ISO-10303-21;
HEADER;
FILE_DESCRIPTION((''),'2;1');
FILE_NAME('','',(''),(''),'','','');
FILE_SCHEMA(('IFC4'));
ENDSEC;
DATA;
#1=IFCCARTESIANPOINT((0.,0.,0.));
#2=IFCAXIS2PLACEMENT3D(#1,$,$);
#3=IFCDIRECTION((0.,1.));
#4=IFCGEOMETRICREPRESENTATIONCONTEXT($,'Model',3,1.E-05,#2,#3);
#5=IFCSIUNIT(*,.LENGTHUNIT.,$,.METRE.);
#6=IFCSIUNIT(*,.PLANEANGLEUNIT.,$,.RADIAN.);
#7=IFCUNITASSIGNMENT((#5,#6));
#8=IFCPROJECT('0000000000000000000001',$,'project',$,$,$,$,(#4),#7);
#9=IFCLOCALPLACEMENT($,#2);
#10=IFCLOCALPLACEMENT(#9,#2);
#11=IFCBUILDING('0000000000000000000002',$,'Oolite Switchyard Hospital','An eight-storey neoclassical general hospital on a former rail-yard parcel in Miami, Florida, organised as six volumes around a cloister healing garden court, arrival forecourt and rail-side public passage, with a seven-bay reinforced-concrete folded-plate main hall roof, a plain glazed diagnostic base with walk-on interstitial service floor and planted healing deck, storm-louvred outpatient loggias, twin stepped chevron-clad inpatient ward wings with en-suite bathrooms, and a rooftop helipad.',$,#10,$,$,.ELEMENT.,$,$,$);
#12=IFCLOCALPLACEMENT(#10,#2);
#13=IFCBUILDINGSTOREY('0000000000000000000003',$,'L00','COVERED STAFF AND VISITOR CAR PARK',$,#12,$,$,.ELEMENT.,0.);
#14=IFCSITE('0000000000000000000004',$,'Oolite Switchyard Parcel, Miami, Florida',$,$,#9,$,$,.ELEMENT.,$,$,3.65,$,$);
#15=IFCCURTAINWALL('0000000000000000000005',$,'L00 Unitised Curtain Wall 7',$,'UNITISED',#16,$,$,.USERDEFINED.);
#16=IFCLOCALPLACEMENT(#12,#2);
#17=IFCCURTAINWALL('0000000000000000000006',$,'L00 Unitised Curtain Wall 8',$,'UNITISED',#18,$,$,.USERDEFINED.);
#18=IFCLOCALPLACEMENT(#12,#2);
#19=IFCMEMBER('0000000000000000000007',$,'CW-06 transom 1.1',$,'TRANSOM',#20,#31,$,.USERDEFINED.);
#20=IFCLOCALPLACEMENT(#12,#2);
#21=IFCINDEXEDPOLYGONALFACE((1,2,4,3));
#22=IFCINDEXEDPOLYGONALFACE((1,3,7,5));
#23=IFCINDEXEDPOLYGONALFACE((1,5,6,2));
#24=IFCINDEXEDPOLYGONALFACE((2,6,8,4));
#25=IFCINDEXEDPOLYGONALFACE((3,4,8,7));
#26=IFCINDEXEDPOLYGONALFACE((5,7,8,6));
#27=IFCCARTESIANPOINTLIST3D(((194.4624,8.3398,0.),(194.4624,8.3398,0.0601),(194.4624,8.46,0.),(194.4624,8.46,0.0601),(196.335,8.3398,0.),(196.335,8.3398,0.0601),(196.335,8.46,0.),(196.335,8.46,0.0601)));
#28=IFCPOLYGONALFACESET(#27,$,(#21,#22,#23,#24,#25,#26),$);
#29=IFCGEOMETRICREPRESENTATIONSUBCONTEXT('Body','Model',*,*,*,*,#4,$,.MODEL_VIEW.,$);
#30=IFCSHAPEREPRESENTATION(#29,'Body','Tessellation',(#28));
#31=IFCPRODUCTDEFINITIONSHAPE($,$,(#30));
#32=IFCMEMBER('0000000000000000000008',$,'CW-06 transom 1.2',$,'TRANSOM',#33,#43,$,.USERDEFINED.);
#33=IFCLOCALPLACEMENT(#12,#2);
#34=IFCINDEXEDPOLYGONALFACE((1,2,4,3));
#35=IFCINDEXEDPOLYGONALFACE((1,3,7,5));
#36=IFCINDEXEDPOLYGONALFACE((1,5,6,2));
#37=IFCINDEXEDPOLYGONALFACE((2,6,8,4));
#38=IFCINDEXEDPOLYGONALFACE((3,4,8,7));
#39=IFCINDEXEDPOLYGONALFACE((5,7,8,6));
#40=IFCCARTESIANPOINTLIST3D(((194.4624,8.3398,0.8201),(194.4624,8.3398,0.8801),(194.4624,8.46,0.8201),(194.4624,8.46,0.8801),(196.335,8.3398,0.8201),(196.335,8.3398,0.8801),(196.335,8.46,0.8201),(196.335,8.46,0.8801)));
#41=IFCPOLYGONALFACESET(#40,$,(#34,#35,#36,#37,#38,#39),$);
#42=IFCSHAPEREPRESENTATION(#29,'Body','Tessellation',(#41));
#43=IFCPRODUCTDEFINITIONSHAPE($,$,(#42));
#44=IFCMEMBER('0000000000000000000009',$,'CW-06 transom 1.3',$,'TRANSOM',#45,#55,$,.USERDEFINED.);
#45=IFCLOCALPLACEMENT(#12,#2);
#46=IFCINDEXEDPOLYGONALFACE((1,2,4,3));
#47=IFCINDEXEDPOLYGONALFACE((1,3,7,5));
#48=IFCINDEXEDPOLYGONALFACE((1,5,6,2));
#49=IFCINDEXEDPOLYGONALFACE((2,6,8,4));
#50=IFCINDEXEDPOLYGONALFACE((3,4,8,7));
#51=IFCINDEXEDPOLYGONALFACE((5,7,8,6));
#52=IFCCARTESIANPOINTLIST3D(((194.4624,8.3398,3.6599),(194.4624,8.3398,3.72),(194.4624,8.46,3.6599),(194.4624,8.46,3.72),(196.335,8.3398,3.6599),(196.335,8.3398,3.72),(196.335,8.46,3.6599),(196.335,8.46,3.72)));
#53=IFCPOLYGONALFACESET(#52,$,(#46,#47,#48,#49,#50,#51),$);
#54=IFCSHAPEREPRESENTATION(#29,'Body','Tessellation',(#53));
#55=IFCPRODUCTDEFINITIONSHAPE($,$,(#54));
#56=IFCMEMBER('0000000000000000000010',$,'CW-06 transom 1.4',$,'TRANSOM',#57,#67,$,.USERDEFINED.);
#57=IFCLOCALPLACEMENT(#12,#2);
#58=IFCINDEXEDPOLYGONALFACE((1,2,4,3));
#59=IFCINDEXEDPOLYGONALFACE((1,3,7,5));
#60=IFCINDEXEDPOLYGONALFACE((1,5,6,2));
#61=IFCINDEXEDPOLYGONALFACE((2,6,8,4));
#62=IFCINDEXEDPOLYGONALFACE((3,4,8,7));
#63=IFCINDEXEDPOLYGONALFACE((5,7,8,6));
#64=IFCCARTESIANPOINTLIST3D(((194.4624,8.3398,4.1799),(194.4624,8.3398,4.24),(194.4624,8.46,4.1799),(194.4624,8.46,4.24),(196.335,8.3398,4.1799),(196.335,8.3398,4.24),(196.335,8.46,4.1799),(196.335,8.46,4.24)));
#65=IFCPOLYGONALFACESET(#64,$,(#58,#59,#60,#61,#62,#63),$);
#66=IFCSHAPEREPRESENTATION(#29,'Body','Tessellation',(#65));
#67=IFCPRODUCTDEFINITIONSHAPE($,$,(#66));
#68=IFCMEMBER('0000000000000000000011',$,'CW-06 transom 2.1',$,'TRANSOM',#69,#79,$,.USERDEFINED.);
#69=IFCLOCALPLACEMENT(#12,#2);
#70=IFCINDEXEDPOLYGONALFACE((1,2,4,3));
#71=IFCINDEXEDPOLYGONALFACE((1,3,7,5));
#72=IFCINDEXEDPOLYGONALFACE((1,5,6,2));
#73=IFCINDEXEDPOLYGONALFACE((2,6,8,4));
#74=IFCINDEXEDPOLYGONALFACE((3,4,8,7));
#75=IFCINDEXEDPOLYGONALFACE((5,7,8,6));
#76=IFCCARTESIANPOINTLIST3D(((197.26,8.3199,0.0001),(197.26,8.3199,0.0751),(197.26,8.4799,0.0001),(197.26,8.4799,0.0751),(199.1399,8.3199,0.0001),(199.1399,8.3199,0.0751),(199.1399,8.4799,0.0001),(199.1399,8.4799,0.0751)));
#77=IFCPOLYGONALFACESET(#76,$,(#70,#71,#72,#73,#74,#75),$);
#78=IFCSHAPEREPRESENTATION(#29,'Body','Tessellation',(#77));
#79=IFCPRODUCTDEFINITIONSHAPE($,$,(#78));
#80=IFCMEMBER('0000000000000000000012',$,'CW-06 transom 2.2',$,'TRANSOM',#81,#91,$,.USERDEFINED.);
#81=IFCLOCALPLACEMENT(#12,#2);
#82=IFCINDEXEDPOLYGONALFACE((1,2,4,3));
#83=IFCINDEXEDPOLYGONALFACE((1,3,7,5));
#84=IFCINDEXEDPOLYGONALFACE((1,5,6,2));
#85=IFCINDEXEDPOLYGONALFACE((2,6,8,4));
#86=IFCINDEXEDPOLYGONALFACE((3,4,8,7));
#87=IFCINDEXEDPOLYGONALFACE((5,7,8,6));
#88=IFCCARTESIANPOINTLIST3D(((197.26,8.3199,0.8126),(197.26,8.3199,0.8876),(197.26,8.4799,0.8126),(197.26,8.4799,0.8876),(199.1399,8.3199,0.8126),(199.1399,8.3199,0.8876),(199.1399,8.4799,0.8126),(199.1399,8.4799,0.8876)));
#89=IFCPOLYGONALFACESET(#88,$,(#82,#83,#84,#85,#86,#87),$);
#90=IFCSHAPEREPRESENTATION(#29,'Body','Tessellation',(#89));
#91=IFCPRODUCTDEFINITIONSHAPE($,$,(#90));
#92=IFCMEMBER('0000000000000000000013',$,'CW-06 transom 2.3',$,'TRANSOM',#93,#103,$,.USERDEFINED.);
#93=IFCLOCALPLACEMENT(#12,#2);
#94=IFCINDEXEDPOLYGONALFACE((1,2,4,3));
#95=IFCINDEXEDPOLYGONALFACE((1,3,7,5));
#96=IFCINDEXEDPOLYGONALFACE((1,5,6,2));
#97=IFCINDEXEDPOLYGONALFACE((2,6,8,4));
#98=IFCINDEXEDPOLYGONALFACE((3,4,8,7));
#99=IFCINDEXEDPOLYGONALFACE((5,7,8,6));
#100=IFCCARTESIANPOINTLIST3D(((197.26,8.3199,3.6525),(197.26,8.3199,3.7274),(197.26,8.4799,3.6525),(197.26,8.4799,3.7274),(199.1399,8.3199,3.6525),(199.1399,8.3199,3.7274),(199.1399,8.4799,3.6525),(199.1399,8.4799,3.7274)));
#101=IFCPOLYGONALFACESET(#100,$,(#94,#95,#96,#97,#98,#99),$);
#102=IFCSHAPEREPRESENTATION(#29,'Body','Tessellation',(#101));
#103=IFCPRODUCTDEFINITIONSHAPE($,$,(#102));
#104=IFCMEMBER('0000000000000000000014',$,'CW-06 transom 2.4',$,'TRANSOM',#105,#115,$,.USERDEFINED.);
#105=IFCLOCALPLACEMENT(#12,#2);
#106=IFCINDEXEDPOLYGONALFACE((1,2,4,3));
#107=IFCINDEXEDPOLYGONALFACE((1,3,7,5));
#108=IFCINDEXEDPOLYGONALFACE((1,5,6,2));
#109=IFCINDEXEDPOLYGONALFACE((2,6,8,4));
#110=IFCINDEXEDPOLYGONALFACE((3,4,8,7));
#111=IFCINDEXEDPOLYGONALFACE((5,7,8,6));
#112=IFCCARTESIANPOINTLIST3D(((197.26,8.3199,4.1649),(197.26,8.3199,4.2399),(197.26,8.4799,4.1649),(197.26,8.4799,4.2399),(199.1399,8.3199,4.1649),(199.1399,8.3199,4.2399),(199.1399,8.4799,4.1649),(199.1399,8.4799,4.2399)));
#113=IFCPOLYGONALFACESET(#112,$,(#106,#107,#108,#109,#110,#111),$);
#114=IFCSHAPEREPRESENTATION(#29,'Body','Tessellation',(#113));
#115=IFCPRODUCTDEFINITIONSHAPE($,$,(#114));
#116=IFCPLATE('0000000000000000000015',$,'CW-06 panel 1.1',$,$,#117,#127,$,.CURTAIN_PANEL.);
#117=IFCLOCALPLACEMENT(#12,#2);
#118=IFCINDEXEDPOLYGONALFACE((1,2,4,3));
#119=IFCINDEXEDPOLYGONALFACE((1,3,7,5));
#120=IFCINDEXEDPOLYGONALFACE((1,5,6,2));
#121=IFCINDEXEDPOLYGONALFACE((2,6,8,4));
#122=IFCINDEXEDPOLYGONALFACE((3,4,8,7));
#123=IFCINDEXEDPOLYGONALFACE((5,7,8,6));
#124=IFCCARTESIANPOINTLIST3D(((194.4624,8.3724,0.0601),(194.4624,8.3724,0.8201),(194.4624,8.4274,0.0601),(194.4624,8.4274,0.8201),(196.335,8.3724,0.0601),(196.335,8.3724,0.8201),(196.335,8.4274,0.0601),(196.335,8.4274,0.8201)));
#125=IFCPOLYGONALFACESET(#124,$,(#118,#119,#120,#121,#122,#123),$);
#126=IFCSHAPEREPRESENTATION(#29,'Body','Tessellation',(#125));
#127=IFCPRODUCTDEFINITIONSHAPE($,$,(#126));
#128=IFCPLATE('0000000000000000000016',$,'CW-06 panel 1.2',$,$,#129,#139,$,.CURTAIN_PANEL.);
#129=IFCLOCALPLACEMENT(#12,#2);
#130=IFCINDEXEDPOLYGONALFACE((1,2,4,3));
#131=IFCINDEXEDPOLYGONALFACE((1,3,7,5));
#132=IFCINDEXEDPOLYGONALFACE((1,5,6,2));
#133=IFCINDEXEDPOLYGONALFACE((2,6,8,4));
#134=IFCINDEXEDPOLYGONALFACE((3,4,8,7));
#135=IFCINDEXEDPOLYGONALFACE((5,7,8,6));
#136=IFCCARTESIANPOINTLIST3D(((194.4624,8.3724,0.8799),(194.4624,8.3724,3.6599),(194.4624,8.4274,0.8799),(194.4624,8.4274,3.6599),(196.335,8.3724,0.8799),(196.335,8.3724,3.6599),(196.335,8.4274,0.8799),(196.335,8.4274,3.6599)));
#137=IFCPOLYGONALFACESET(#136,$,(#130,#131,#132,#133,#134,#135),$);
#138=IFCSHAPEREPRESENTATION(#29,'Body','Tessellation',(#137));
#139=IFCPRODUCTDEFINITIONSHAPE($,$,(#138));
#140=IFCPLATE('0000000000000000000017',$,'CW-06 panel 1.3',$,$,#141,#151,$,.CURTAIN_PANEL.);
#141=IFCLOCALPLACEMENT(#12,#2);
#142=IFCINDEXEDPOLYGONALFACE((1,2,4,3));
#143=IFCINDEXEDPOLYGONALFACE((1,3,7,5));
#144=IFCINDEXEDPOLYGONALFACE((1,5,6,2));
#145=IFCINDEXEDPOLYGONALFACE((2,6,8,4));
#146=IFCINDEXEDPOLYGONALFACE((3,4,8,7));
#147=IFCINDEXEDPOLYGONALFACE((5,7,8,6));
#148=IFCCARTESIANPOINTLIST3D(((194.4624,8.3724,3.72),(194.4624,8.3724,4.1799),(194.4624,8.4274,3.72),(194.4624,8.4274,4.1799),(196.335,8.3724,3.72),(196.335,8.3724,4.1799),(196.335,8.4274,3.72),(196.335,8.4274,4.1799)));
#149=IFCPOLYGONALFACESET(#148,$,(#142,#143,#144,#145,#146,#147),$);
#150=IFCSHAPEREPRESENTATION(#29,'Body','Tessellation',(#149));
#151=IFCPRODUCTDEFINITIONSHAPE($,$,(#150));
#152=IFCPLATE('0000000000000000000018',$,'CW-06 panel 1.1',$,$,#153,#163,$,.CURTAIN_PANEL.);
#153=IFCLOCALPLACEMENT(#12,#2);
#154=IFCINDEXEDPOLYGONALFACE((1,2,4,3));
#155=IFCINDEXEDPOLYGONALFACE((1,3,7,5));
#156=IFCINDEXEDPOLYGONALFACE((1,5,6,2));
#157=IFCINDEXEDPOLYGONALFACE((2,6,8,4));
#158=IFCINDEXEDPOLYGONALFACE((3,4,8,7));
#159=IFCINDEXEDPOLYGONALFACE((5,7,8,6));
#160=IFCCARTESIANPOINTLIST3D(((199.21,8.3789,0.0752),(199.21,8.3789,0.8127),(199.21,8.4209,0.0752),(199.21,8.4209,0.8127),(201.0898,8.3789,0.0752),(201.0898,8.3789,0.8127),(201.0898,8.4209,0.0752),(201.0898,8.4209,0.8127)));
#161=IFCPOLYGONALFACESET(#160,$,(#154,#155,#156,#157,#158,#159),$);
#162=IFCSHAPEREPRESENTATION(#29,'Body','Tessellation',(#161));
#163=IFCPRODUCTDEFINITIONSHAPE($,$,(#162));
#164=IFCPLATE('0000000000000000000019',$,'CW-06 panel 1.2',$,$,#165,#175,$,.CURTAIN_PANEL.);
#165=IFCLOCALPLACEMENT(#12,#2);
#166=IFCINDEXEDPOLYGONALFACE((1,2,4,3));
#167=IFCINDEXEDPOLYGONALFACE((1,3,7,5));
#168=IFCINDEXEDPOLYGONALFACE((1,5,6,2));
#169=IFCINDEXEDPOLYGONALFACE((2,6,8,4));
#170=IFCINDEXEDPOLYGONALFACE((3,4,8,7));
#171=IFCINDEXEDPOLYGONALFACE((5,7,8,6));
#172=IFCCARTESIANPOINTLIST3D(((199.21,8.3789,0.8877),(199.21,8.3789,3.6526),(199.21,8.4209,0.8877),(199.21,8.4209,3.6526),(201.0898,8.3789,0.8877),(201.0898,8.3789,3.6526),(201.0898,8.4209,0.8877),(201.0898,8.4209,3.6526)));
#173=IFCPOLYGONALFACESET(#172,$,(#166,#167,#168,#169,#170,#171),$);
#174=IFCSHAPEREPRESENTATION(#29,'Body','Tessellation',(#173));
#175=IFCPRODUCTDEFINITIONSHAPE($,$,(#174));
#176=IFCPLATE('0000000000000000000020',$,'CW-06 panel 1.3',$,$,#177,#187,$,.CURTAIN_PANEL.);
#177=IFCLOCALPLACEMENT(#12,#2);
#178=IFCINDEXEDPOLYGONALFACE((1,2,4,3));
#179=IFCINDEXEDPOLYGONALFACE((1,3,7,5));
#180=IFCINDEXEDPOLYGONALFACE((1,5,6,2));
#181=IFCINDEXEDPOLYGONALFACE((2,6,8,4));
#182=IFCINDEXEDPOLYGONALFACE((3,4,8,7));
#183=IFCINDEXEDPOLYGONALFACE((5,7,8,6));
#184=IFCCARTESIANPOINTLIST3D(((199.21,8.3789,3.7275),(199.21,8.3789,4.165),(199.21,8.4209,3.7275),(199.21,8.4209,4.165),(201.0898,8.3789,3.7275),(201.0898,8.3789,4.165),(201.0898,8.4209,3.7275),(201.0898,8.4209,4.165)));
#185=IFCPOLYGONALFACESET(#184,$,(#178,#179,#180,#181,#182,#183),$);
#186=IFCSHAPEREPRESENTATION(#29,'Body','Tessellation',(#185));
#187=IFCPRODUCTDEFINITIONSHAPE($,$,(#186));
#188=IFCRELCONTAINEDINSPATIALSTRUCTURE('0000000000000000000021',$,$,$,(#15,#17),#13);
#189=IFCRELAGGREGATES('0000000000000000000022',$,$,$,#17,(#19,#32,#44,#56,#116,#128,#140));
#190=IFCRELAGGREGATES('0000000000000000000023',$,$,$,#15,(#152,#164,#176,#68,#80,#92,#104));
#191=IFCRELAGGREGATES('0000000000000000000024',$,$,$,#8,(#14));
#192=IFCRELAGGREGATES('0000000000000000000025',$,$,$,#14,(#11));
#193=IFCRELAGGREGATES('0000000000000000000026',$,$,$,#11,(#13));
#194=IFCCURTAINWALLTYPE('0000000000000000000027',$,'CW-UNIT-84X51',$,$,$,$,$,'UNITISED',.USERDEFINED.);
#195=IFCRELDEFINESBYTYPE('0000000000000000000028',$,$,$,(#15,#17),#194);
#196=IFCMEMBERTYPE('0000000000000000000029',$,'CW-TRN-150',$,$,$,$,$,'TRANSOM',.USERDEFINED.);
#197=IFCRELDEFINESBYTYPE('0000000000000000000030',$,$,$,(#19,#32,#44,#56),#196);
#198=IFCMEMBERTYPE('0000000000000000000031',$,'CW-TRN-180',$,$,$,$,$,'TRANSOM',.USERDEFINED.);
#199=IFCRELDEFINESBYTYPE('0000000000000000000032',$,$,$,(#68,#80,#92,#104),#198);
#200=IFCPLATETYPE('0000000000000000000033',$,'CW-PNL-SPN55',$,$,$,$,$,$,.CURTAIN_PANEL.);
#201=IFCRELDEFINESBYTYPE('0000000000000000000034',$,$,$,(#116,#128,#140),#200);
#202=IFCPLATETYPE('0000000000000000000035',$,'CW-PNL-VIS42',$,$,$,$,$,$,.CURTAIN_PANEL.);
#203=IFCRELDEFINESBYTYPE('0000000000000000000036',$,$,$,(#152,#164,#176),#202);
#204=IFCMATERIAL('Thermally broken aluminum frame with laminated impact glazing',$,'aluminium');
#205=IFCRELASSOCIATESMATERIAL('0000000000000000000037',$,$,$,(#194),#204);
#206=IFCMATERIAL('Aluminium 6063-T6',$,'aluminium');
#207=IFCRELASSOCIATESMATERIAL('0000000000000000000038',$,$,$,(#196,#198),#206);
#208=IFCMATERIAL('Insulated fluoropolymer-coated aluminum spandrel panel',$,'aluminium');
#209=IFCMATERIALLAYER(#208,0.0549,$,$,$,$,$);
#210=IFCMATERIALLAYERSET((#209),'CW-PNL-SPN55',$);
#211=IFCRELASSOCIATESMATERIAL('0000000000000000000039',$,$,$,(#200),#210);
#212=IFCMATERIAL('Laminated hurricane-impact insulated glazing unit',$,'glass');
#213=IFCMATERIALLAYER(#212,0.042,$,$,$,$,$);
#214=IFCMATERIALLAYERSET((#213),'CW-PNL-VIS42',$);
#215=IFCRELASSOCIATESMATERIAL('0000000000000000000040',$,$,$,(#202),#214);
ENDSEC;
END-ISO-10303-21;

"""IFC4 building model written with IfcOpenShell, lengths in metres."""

from ifc_helpers import new_model, si_unit, direction, frame, origin, origin_2d, place, context, subcontext, project, spatial, rectangle, extrude, material, layer, layer_set, material_profile, profile_set, type_object, element, aggregate, save


model = new_model("IFC4")

# Units and contexts
model_context = context("Model", 3, precision=1e-05, world=origin(), true_north=direction((0.0, 1.0)))
body_context = subcontext(model_context, "Body", "Model", "MODEL_VIEW")
ifc_project = project(units=[si_unit("LENGTHUNIT", "METRE"), si_unit("PLANEANGLEUNIT", "RADIAN")], contexts=[model_context])

# Site, building, storey
site_placement = place(None, origin())
site = spatial("IfcSite", under=ifc_project, at=site_placement, Name="Oolite Switchyard Parcel, Miami, Florida", CompositionType="ELEMENT", RefElevation=3.65)
building_placement = place(site_placement, origin())
building = spatial("IfcBuilding", under=site, at=building_placement, Name="Oolite Switchyard Hospital", Description="An eight-storey neoclassical general hospital on a former rail-yard parcel in Miami, Florida, organised as six volumes around a cloister healing garden court, arrival forecourt and rail-side public passage, with a seven-bay reinforced-concrete folded-plate main hall roof, a plain glazed diagnostic base with walk-on interstitial service floor and planted healing deck, storm-louvred outpatient loggias, twin stepped chevron-clad inpatient ward wings with en-suite bathrooms, and a rooftop helipad.", CompositionType="ELEMENT")
storey_placement = place(building_placement, origin())
storey = spatial("IfcBuildingStorey", under=building, at=storey_placement, Name="L00", Description="COVERED STAFF AND VISITOR CAR PARK", CompositionType="ELEMENT", Elevation=0.0)

# Curtain walls, members
ifc_material_1 = material(Name="Thermally broken aluminum frame with laminated impact glazing", Category="aluminium")
curtain_wall_type = type_object("IfcCurtainWallType", Name="CW-UNIT-84X51", ElementType="UNITISED", PredefinedType="USERDEFINED", material=ifc_material_1)
curtain_wall_1_placement = place(storey_placement, origin())
curtain_wall_1 = element("IfcCurtainWall", 1, at=curtain_wall_1_placement, inside=storey, type_object=curtain_wall_type, Name="L00 Unitised Curtain Wall 7", ObjectType="UNITISED", PredefinedType="USERDEFINED")
ifc_material_2 = material(Name="Aluminium 6063-T6", Category="aluminium")
curtain_wall_2_placement = place(storey_placement, origin())
curtain_wall_2 = element("IfcCurtainWall", 2, at=curtain_wall_2_placement, inside=storey, type_object=curtain_wall_type, Name="L00 Unitised Curtain Wall 8", ObjectType="UNITISED", PredefinedType="USERDEFINED")
ifc_material_profile_1 = material_profile(ifc_material_2, rectangle(XDim=0.1201, YDim=0.0601, at=origin_2d()), Name="CWT60X120")
ifc_profile_set_1 = profile_set([ifc_material_profile_1], Name="Aluminium 6063-T6")
member_type_1 = type_object("IfcMemberType", Name="CW-TRN-150", ElementType="TRANSOM", PredefinedType="USERDEFINED", material=ifc_profile_set_1)
member_1_placement = place(storey_placement, frame((196.335, 8.3999, 0.03), z_axis=(-1.0, 0.0, 0.0), x_axis=(0.0, -1.0, 0.0)))
member_1 = element("IfcMember", 3, at=member_1_placement, type_object=member_type_1, Name="CW-06 transom 1.1", ObjectType="TRANSOM", PredefinedType="USERDEFINED", context=body_context, shape_type="SweptSolid", body=[
    extrude(rectangle(XDim=0.1201, YDim=0.0601, at=origin_2d()), origin(), (0.0, 0.0, 1.0), 1.8726),
])
member_2_placement = place(storey_placement, frame((196.335, 8.3999, 0.8501), z_axis=(-1.0, 0.0, 0.0), x_axis=(0.0, -1.0, 0.0)))
member_2 = element("IfcMember", 4, at=member_2_placement, type_object=member_type_1, Name="CW-06 transom 1.2", ObjectType="TRANSOM", PredefinedType="USERDEFINED", context=body_context, shape_type="SweptSolid", body=[
    extrude(rectangle(XDim=0.1201, YDim=0.0601, at=origin_2d()), origin(), (0.0, 0.0, 1.0), 1.8726),
])
member_3_placement = place(storey_placement, frame((196.335, 8.3999, 3.6899), z_axis=(-1.0, 0.0, 0.0), x_axis=(0.0, -1.0, 0.0)))
member_3 = element("IfcMember", 5, at=member_3_placement, type_object=member_type_1, Name="CW-06 transom 1.3", ObjectType="TRANSOM", PredefinedType="USERDEFINED", context=body_context, shape_type="SweptSolid", body=[
    extrude(rectangle(XDim=0.1201, YDim=0.0601, at=origin_2d()), origin(), (0.0, 0.0, 1.0), 1.8726),
])
member_4_placement = place(storey_placement, frame((196.335, 8.3999, 4.21), z_axis=(-1.0, 0.0, 0.0), x_axis=(0.0, -1.0, 0.0)))
member_4 = element("IfcMember", 6, at=member_4_placement, type_object=member_type_1, Name="CW-06 transom 1.4", ObjectType="TRANSOM", PredefinedType="USERDEFINED", context=body_context, shape_type="SweptSolid", body=[
    extrude(rectangle(XDim=0.1201, YDim=0.0601, at=origin_2d()), origin(), (0.0, 0.0, 1.0), 1.8726),
])

# Members
ifc_material_profile_2 = material_profile(ifc_material_2, rectangle(XDim=0.1599, YDim=0.075, at=origin_2d()), Name="CWT75X160")
ifc_profile_set_2 = profile_set([ifc_material_profile_2], Name="Aluminium 6063-T6")
member_type_2 = type_object("IfcMemberType", Name="CW-TRN-180", ElementType="TRANSOM", PredefinedType="USERDEFINED", material=ifc_profile_set_2)
member_5_placement = place(storey_placement, frame((199.1399, 8.3999, 0.0376), z_axis=(-1.0, 0.0, 0.0), x_axis=(0.0, -1.0, 0.0)))
member_5 = element("IfcMember", 7, at=member_5_placement, type_object=member_type_2, Name="CW-06 transom 2.1", ObjectType="TRANSOM", PredefinedType="USERDEFINED", context=body_context, shape_type="SweptSolid", body=[
    extrude(rectangle(XDim=0.1599, YDim=0.075, at=origin_2d()), origin(), (0.0, 0.0, 1.0), 1.8799),
])
member_6_placement = place(storey_placement, frame((199.1399, 8.3999, 0.8501), z_axis=(-1.0, 0.0, 0.0), x_axis=(0.0, -1.0, 0.0)))
member_6 = element("IfcMember", 8, at=member_6_placement, type_object=member_type_2, Name="CW-06 transom 2.2", ObjectType="TRANSOM", PredefinedType="USERDEFINED", context=body_context, shape_type="SweptSolid", body=[
    extrude(rectangle(XDim=0.1599, YDim=0.075, at=origin_2d()), origin(), (0.0, 0.0, 1.0), 1.8799),
])
member_7_placement = place(storey_placement, frame((199.1399, 8.3999, 3.6899), z_axis=(-1.0, 0.0, 0.0), x_axis=(0.0, -1.0, 0.0)))
member_7 = element("IfcMember", 9, at=member_7_placement, type_object=member_type_2, Name="CW-06 transom 2.3", ObjectType="TRANSOM", PredefinedType="USERDEFINED", context=body_context, shape_type="SweptSolid", body=[
    extrude(rectangle(XDim=0.1599, YDim=0.075, at=origin_2d()), origin(), (0.0, 0.0, 1.0), 1.8799),
])
member_8_placement = place(storey_placement, frame((199.1399, 8.3999, 4.2024), z_axis=(-1.0, 0.0, 0.0), x_axis=(0.0, -1.0, 0.0)))
member_8 = element("IfcMember", 10, at=member_8_placement, type_object=member_type_2, Name="CW-06 transom 2.4", ObjectType="TRANSOM", PredefinedType="USERDEFINED", context=body_context, shape_type="SweptSolid", body=[
    extrude(rectangle(XDim=0.1599, YDim=0.075, at=origin_2d()), origin(), (0.0, 0.0, 1.0), 1.8799),
])

# Plates
ifc_material_3 = material(Name="Insulated fluoropolymer-coated aluminum spandrel panel", Category="aluminium")
ifc_layer_1 = layer(ifc_material_3, 0.0549)
ifc_layer_set_1 = layer_set([ifc_layer_1], Name="CW-PNL-SPN55")
plate_type_1 = type_object("IfcPlateType", Name="CW-PNL-SPN55", PredefinedType="CURTAIN_PANEL", material=ifc_layer_set_1)
plate_1_placement = place(storey_placement, frame((195.3987, 8.3999, 0.0601), z_axis=(0.0, 0.0, 1.0), x_axis=(-1.0, 0.0, 0.0)))
plate_1 = element("IfcPlate", 11, at=plate_1_placement, type_object=plate_type_1, Name="CW-06 panel 1.1", PredefinedType="CURTAIN_PANEL", context=body_context, shape_type="SweptSolid", body=[
    extrude(rectangle(XDim=1.8726, YDim=0.0549, at=origin_2d()), origin(), (0.0, 0.0, 1.0), 0.76),
])
plate_2_placement = place(storey_placement, frame((195.3987, 8.3999, 0.8799), z_axis=(0.0, 0.0, 1.0), x_axis=(-1.0, 0.0, 0.0)))
plate_2 = element("IfcPlate", 12, at=plate_2_placement, type_object=plate_type_1, Name="CW-06 panel 1.2", PredefinedType="CURTAIN_PANEL", context=body_context, shape_type="SweptSolid", body=[
    extrude(rectangle(XDim=1.8726, YDim=0.0549, at=origin_2d()), origin(), (0.0, 0.0, 1.0), 2.78),
])
plate_3_placement = place(storey_placement, frame((195.3987, 8.3999, 3.72), z_axis=(0.0, 0.0, 1.0), x_axis=(-1.0, 0.0, 0.0)))
plate_3 = element("IfcPlate", 13, at=plate_3_placement, type_object=plate_type_1, Name="CW-06 panel 1.3", PredefinedType="CURTAIN_PANEL", context=body_context, shape_type="SweptSolid", body=[
    extrude(rectangle(XDim=1.8726, YDim=0.0549, at=origin_2d()), origin(), (0.0, 0.0, 1.0), 0.46),
])
aggregate(curtain_wall_2, [member_1, member_2, member_3, member_4, plate_1, plate_2, plate_3])
ifc_material_4 = material(Name="Laminated hurricane-impact insulated glazing unit", Category="glass")
ifc_layer_2 = layer(ifc_material_4, 0.042)
ifc_layer_set_2 = layer_set([ifc_layer_2], Name="CW-PNL-VIS42")
plate_type_2 = type_object("IfcPlateType", Name="CW-PNL-VIS42", PredefinedType="CURTAIN_PANEL", material=ifc_layer_set_2)
plate_4_placement = place(storey_placement, frame((200.1499, 8.3999, 0.0752), z_axis=(0.0, 0.0, 1.0), x_axis=(-1.0, 0.0, 0.0)))
plate_4 = element("IfcPlate", 14, at=plate_4_placement, type_object=plate_type_2, Name="CW-06 panel 1.1", PredefinedType="CURTAIN_PANEL", context=body_context, shape_type="SweptSolid", body=[
    extrude(rectangle(XDim=1.8799, YDim=0.042, at=origin_2d()), origin(), (0.0, 0.0, 1.0), 0.7375),
])
plate_5_placement = place(storey_placement, frame((200.1499, 8.3999, 0.8877), z_axis=(0.0, 0.0, 1.0), x_axis=(-1.0, 0.0, 0.0)))
plate_5 = element("IfcPlate", 15, at=plate_5_placement, type_object=plate_type_2, Name="CW-06 panel 1.2", PredefinedType="CURTAIN_PANEL", context=body_context, shape_type="SweptSolid", body=[
    extrude(rectangle(XDim=1.8799, YDim=0.042, at=origin_2d()), origin(), (0.0, 0.0, 1.0), 2.7649),
])
plate_6_placement = place(storey_placement, frame((200.1499, 8.3999, 3.7275), z_axis=(0.0, 0.0, 1.0), x_axis=(-1.0, 0.0, 0.0)))
plate_6 = element("IfcPlate", 16, at=plate_6_placement, type_object=plate_type_2, Name="CW-06 panel 1.3", PredefinedType="CURTAIN_PANEL", context=body_context, shape_type="SweptSolid", body=[
    extrude(rectangle(XDim=1.8799, YDim=0.042, at=origin_2d()), origin(), (0.0, 0.0, 1.0), 0.4375),
])
aggregate(curtain_wall_1, [plate_4, plate_5, plate_6, member_5, member_6, member_7, member_8])

save(model, "model.ifc")
